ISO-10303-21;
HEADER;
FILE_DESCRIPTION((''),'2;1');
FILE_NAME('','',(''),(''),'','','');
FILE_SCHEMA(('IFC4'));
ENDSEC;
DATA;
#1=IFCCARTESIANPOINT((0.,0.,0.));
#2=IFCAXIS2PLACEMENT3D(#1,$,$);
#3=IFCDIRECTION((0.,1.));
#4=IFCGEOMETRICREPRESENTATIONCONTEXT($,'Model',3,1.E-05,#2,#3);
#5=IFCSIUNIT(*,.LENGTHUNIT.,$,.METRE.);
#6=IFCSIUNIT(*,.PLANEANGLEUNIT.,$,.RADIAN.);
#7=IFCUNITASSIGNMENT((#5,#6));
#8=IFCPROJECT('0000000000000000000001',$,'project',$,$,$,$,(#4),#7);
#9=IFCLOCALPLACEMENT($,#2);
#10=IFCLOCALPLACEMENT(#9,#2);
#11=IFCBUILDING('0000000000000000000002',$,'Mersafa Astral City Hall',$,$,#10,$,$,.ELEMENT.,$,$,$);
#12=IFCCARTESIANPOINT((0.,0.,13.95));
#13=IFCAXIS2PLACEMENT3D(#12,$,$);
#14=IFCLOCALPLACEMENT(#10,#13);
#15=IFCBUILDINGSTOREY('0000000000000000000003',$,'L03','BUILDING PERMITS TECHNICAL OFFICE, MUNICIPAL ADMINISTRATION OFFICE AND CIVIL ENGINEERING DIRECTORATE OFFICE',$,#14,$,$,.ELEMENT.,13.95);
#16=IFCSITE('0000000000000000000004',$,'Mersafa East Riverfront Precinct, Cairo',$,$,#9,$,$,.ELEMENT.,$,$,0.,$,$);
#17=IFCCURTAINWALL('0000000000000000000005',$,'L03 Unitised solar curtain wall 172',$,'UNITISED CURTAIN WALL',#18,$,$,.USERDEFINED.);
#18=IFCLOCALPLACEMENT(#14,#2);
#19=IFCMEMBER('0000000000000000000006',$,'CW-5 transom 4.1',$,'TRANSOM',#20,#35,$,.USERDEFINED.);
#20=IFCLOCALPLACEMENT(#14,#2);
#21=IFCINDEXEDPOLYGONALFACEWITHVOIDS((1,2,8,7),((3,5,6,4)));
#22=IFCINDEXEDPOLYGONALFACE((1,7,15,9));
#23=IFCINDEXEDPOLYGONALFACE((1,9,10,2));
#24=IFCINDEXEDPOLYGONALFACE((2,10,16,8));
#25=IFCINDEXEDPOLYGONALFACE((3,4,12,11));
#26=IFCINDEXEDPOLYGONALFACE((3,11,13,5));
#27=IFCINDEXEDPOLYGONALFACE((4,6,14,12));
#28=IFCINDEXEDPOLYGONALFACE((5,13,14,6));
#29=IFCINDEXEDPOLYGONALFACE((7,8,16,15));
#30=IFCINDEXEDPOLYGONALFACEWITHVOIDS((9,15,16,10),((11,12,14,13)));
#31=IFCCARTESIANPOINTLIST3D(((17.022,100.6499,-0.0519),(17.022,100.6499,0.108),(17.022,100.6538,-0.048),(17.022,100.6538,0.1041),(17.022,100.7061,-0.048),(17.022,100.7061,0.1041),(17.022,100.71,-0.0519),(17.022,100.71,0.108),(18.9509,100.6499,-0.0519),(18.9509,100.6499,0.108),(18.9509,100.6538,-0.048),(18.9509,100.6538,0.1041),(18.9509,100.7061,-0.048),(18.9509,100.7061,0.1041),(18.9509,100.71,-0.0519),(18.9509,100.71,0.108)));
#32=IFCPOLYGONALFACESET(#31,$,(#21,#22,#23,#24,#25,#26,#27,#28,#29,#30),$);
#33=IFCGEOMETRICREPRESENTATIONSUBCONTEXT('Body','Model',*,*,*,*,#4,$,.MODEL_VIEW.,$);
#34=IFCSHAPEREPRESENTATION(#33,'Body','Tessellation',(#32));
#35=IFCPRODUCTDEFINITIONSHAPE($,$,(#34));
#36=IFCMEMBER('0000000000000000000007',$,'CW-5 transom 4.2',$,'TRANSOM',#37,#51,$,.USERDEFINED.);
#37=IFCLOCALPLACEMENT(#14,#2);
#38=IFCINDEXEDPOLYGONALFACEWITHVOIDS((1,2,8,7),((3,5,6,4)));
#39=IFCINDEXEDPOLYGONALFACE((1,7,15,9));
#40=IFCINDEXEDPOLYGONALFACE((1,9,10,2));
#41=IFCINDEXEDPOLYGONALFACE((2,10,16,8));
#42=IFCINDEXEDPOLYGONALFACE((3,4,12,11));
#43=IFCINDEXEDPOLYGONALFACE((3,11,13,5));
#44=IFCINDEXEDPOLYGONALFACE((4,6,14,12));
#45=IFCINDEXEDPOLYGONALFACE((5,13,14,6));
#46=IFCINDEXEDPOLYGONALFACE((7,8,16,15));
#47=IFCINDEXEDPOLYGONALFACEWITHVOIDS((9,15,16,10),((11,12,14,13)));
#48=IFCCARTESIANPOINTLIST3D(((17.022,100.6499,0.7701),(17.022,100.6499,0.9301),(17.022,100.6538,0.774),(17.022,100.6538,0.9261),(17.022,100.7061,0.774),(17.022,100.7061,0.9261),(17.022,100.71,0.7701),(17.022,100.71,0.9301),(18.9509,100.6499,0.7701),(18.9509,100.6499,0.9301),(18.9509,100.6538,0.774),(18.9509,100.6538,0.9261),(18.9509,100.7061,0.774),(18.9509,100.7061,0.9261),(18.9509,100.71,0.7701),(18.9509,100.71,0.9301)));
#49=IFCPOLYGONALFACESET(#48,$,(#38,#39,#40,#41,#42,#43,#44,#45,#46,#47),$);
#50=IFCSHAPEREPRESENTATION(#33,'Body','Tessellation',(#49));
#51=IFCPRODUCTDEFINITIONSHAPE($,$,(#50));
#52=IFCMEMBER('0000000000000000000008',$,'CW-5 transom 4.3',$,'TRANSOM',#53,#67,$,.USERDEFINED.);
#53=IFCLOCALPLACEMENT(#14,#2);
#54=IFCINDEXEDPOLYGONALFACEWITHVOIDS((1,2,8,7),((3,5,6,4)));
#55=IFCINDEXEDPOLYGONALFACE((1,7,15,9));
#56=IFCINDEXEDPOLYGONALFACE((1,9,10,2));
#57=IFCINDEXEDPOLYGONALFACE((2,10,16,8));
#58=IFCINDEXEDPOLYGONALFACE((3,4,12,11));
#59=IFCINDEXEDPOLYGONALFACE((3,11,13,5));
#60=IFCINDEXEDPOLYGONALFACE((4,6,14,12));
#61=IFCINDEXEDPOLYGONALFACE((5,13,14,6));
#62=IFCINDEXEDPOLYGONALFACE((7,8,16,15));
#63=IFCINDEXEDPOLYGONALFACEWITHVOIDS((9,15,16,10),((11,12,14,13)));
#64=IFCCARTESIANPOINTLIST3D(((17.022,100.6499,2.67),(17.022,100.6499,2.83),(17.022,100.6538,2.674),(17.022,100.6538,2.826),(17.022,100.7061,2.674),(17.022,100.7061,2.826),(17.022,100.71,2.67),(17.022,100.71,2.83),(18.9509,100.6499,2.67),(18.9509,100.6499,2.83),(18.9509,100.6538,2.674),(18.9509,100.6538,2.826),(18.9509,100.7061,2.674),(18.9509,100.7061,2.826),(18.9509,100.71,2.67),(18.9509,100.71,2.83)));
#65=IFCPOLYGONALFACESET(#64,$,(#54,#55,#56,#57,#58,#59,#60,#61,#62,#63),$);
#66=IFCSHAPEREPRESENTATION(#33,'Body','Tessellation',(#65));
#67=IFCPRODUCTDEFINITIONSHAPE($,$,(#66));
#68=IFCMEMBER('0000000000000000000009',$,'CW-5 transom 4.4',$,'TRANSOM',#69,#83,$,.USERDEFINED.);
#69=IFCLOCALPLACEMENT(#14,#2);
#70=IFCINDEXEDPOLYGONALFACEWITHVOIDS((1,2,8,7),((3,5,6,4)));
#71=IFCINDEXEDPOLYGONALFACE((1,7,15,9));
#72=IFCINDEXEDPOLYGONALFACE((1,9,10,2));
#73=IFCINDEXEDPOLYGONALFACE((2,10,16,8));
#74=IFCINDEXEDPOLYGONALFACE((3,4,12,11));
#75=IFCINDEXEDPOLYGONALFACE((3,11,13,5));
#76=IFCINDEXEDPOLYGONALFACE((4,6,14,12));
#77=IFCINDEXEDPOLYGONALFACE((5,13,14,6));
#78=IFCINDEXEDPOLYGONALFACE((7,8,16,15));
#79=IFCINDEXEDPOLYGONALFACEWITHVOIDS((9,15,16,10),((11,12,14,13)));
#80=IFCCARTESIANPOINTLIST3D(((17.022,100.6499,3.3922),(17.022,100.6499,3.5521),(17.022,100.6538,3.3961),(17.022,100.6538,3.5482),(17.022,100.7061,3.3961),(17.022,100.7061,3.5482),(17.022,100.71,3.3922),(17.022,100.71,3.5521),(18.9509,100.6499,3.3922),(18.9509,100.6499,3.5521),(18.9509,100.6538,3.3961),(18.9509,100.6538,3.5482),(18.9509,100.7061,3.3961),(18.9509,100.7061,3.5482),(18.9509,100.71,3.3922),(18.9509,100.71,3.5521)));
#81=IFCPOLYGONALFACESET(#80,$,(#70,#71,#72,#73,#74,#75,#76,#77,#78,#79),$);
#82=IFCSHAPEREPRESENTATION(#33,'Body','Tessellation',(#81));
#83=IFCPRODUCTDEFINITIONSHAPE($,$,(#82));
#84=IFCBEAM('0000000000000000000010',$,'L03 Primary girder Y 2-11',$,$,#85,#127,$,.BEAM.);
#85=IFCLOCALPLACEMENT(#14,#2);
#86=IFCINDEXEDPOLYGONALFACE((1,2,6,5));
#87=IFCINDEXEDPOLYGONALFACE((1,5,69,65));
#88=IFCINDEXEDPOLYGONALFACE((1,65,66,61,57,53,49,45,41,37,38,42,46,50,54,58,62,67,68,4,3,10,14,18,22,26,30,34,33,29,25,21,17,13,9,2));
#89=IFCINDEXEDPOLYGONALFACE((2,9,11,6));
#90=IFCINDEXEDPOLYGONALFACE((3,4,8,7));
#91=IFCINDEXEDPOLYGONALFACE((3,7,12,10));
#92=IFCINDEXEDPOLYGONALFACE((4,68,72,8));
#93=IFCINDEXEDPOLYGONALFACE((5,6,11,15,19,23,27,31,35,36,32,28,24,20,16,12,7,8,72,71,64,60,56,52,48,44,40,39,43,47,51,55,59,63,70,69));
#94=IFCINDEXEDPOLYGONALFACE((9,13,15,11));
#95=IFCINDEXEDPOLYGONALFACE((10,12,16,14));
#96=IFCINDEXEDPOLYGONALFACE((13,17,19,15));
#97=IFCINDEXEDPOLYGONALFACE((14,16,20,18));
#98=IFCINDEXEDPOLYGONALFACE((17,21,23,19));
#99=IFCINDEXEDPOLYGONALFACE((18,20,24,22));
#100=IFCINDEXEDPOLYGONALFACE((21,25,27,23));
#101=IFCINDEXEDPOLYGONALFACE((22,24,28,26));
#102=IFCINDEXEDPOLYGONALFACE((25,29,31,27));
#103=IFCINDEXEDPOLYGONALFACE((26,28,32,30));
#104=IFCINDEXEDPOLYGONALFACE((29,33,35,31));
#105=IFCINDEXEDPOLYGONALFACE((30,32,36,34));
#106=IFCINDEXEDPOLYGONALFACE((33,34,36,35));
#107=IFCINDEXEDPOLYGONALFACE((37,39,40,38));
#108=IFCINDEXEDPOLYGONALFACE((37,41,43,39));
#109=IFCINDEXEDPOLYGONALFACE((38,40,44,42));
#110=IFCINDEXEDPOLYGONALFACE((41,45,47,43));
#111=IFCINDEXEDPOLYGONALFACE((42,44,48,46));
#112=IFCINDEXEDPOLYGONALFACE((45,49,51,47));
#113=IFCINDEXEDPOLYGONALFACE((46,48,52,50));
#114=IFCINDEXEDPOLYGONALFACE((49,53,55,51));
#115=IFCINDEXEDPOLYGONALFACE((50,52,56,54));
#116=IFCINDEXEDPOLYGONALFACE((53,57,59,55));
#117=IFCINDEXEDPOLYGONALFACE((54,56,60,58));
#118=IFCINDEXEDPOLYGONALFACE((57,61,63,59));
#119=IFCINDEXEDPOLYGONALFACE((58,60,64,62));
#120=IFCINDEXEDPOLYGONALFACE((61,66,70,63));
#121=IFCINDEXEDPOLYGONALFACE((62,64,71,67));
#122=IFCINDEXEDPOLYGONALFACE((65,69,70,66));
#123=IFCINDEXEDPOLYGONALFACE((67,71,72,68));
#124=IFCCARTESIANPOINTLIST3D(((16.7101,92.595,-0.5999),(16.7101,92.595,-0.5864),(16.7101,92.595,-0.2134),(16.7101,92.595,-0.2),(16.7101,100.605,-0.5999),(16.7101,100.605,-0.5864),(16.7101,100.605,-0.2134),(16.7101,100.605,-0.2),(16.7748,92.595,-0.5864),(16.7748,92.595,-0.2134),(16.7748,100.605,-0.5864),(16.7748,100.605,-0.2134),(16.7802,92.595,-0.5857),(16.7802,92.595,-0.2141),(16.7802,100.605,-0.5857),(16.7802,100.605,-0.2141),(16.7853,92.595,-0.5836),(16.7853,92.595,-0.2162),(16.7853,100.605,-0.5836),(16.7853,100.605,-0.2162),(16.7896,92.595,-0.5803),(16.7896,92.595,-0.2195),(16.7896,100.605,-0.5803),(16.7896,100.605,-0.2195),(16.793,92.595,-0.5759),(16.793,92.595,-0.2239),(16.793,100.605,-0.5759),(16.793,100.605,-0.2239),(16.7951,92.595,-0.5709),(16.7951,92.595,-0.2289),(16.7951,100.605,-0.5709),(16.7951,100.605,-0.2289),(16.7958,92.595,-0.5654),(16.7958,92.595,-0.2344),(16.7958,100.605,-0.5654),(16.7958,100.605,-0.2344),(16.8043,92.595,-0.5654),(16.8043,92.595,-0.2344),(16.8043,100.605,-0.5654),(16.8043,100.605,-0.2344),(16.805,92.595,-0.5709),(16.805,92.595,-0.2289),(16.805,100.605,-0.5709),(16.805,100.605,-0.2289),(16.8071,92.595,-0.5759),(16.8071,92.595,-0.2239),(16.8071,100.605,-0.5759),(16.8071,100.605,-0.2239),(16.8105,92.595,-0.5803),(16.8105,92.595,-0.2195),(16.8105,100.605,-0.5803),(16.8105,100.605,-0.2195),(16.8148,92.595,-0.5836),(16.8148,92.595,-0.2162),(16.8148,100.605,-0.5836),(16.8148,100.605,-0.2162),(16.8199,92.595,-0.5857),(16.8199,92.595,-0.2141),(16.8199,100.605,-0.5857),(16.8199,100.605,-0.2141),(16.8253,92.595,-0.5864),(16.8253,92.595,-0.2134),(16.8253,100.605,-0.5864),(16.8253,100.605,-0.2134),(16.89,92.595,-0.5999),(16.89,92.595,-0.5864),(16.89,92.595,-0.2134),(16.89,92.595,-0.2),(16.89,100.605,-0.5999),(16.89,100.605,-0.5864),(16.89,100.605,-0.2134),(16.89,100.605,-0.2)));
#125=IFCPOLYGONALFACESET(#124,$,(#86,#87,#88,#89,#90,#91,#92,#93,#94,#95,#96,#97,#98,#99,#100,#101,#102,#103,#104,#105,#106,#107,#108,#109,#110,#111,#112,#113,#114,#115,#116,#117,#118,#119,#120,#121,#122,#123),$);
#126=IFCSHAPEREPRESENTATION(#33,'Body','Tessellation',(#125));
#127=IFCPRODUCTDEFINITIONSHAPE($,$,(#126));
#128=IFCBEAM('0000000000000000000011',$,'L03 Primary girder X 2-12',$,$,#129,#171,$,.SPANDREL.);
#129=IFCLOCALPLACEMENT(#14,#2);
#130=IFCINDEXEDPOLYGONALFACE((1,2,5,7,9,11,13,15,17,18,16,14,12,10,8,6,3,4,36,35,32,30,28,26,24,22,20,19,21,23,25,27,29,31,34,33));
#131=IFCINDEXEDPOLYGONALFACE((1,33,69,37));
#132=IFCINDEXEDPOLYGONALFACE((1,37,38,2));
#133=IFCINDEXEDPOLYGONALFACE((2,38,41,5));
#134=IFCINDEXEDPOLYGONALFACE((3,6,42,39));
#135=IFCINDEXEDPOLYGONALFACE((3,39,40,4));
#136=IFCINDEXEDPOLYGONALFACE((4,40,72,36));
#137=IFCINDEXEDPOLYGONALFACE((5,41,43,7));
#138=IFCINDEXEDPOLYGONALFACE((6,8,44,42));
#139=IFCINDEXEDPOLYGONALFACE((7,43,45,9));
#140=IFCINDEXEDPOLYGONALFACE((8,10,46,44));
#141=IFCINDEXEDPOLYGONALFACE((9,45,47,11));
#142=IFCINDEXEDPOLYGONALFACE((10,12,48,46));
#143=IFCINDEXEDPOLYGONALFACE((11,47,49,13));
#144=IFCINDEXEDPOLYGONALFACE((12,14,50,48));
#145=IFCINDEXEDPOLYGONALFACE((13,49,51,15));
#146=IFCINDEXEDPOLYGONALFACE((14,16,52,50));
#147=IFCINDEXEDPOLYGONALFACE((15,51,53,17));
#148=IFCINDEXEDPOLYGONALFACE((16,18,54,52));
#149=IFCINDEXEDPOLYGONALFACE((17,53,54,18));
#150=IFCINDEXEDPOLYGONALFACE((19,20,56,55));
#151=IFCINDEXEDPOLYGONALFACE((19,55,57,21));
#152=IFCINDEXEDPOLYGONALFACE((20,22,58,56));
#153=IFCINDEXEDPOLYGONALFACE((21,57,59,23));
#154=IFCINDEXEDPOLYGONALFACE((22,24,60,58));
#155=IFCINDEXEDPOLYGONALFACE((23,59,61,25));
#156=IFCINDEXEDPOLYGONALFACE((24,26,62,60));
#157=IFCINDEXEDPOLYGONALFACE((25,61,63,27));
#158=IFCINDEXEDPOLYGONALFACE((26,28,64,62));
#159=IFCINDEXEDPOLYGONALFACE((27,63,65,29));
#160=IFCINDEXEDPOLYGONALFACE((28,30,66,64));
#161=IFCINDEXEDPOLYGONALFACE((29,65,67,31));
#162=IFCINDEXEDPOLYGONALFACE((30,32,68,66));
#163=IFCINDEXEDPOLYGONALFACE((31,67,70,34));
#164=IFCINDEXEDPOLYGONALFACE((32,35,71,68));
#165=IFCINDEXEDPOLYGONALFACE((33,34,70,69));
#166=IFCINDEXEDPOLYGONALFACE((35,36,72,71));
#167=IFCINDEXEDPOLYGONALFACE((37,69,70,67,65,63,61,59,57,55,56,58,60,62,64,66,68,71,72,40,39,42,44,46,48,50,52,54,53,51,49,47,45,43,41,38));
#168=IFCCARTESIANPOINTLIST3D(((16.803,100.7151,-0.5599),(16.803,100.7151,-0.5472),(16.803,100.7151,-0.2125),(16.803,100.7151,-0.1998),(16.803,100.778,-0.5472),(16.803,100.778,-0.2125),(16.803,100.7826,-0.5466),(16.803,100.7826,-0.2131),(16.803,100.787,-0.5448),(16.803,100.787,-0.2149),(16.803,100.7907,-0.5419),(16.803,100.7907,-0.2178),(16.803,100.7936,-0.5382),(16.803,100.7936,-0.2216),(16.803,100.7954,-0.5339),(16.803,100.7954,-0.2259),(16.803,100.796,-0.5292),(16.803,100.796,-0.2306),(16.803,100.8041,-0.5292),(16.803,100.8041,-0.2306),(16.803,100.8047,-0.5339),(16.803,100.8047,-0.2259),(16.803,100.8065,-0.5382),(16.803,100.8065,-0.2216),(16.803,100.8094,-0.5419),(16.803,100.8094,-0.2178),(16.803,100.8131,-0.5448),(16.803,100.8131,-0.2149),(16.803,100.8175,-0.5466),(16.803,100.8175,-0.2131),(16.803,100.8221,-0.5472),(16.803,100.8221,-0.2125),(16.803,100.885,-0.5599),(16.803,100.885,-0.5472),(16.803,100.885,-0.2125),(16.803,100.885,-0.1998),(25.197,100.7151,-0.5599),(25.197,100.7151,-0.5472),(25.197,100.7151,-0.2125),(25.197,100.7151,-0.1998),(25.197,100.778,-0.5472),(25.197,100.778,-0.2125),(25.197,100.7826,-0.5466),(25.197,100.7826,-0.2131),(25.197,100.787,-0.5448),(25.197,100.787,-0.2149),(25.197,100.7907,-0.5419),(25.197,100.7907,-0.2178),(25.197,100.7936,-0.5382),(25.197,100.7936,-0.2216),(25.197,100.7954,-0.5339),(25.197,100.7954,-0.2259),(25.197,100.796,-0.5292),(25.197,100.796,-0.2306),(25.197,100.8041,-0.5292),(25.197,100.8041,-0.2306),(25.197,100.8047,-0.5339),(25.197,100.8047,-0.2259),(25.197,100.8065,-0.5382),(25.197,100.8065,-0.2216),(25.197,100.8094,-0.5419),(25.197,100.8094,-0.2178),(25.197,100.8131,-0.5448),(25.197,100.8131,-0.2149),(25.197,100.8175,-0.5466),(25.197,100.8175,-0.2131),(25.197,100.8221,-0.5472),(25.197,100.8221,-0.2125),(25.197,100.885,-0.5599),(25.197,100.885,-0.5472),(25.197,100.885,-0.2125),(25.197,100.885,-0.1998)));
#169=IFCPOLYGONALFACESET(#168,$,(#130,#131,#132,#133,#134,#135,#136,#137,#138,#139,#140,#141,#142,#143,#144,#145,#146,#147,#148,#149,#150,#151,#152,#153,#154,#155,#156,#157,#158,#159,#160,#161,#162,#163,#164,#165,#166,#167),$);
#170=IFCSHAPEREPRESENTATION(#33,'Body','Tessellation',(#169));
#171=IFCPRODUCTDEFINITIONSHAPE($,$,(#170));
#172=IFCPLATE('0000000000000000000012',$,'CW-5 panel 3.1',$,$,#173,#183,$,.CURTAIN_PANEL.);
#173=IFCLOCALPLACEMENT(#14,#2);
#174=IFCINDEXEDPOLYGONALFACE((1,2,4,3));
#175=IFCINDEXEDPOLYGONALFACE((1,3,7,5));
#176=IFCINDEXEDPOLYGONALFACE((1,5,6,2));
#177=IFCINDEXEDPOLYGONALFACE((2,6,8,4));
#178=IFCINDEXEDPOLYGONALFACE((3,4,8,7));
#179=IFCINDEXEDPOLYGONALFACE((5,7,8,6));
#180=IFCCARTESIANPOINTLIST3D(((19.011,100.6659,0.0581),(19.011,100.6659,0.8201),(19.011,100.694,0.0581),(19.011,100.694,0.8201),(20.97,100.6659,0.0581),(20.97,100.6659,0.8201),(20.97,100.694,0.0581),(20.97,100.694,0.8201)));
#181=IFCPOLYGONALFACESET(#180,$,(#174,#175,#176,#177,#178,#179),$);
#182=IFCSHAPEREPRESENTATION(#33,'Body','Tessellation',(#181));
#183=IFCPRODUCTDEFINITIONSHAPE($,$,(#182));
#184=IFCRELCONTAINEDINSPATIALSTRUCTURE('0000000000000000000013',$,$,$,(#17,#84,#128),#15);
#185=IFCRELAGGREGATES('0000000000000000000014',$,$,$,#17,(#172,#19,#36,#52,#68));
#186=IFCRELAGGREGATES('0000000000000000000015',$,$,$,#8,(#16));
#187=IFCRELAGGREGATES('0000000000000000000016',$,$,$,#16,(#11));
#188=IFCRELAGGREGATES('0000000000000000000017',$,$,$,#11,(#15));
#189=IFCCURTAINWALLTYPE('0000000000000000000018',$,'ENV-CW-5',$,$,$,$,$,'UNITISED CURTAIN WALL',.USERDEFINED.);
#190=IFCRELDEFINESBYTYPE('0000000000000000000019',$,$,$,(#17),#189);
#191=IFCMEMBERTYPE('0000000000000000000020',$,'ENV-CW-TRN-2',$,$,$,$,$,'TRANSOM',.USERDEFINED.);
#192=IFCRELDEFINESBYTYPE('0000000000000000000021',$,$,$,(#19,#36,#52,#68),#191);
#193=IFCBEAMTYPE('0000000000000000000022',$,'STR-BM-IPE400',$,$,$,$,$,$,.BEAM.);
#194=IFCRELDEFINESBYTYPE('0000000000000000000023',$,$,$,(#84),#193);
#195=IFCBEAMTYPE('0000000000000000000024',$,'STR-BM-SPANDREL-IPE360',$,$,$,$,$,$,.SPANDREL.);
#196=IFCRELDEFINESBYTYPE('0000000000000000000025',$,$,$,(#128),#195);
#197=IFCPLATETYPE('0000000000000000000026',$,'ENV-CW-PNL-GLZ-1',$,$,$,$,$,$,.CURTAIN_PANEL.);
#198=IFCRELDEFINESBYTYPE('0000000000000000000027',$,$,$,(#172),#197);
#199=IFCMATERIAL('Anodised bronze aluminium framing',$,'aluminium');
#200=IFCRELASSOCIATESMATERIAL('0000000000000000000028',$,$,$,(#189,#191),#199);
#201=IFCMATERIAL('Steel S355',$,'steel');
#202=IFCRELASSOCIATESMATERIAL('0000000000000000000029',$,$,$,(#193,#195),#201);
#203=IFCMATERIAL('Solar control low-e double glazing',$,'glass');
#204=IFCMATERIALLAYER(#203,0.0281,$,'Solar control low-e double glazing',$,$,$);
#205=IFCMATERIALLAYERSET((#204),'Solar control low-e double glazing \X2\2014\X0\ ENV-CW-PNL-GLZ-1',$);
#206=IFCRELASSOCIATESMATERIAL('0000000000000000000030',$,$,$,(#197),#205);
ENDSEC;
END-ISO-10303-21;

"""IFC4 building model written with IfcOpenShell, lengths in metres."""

from ifc_helpers import new_model, si_unit, direction, frame, origin, origin_2d, place, context, subcontext, project, spatial, rectangle, hollow_rectangle, i_section, extrude, material, layer, layer_set, material_profile, profile_set, type_object, element, aggregate, save


model = new_model("IFC4")

# Units and contexts
model_context = context("Model", 3, precision=1e-05, world=origin(), true_north=direction((0.0, 1.0)))
body_context = subcontext(model_context, "Body", "Model", "MODEL_VIEW")
ifc_project = project(units=[si_unit("LENGTHUNIT", "METRE"), si_unit("PLANEANGLEUNIT", "RADIAN")], contexts=[model_context])

# Site, building, storey
site_placement = place(None, origin())
site = spatial("IfcSite", under=ifc_project, at=site_placement, Name="Mersafa East Riverfront Precinct, Cairo", CompositionType="ELEMENT", RefElevation=0.0)
building_placement = place(site_placement, origin())
building = spatial("IfcBuilding", under=site, at=building_placement, Name="Mersafa Astral City Hall", CompositionType="ELEMENT")
storey_placement = place(building_placement, frame((0.0, 0.0, 13.95)))
storey = spatial("IfcBuildingStorey", under=building, at=storey_placement, Name="L03", Description="BUILDING PERMITS TECHNICAL OFFICE, MUNICIPAL ADMINISTRATION OFFICE AND CIVIL ENGINEERING DIRECTORATE OFFICE", CompositionType="ELEMENT", Elevation=13.95)

# Shared definitions
ifc_material_1 = material(Name="Steel S355", Category="steel")

# Curtain wall
ifc_material_2 = material(Name="Anodised bronze aluminium framing", Category="aluminium")
curtain_wall_type_1 = type_object("IfcCurtainWallType", Name="ENV-CW-5", ElementType="UNITISED CURTAIN WALL", PredefinedType="USERDEFINED", material=ifc_material_2)
curtain_wall_1_placement = place(storey_placement, origin())
curtain_wall_1 = element("IfcCurtainWall", 1, at=curtain_wall_1_placement, inside=storey, type_object=curtain_wall_type_1, Name="L03 Unitised solar curtain wall 172", ObjectType="UNITISED CURTAIN WALL", PredefinedType="USERDEFINED")

# Members
ifc_material_profile_1 = material_profile(ifc_material_2, hollow_rectangle(XDim=0.0601, YDim=0.1599, WallThickness=0.0039, at=origin_2d()), Name="RHS 60x160x4")
ifc_profile_set_1 = profile_set([ifc_material_profile_1], Name="Anodised bronze aluminium framing")
member_type_1 = type_object("IfcMemberType", Name="ENV-CW-TRN-2", ElementType="TRANSOM", PredefinedType="USERDEFINED", material=ifc_profile_set_1)
member_1_placement = place(storey_placement, frame((18.9509, 100.6799, 0.0281), z_axis=(-1.0, 0.0, 0.0), x_axis=(0.0, -1.0, 0.0)))
member_1 = element("IfcMember", 2, at=member_1_placement, type_object=member_type_1, Name="CW-5 transom 4.1", ObjectType="TRANSOM", PredefinedType="USERDEFINED", context=body_context, shape_type="SweptSolid", body=[
    extrude(hollow_rectangle(XDim=0.0601, YDim=0.1599, WallThickness=0.0039, at=origin_2d()), origin(), (0.0, 0.0, 1.0), 1.929),
])
member_2_placement = place(storey_placement, frame((18.9509, 100.6799, 0.8501), z_axis=(-1.0, 0.0, 0.0), x_axis=(0.0, -1.0, 0.0)))
member_2 = element("IfcMember", 3, at=member_2_placement, type_object=member_type_1, Name="CW-5 transom 4.2", ObjectType="TRANSOM", PredefinedType="USERDEFINED", context=body_context, shape_type="SweptSolid", body=[
    extrude(hollow_rectangle(XDim=0.0601, YDim=0.1599, WallThickness=0.0039, at=origin_2d()), origin(), (0.0, 0.0, 1.0), 1.929),
])
member_3_placement = place(storey_placement, frame((18.9509, 100.6799, 2.75), z_axis=(-1.0, 0.0, 0.0), x_axis=(0.0, -1.0, 0.0)))
member_3 = element("IfcMember", 4, at=member_3_placement, type_object=member_type_1, Name="CW-5 transom 4.3", ObjectType="TRANSOM", PredefinedType="USERDEFINED", context=body_context, shape_type="SweptSolid", body=[
    extrude(hollow_rectangle(XDim=0.0601, YDim=0.1599, WallThickness=0.0039, at=origin_2d()), origin(), (0.0, 0.0, 1.0), 1.929),
])
member_4_placement = place(storey_placement, frame((18.9509, 100.6799, 3.4722), z_axis=(-1.0, 0.0, 0.0), x_axis=(0.0, -1.0, 0.0)))
member_4 = element("IfcMember", 5, at=member_4_placement, type_object=member_type_1, Name="CW-5 transom 4.4", ObjectType="TRANSOM", PredefinedType="USERDEFINED", context=body_context, shape_type="SweptSolid", body=[
    extrude(hollow_rectangle(XDim=0.0601, YDim=0.1599, WallThickness=0.0039, at=origin_2d()), origin(), (0.0, 0.0, 1.0), 1.929),
])

# Beams
ifc_material_profile_2 = material_profile(ifc_material_1, i_section(OverallWidth=0.1799, OverallDepth=0.3999, WebThickness=0.0085, FlangeThickness=0.0134, FilletRadius=0.021, at=origin_2d()), Name="IPE 400")
ifc_profile_set_2 = profile_set([ifc_material_profile_2], Name="Steel S355")
beam_type_1 = type_object("IfcBeamType", Name="STR-BM-IPE400", PredefinedType="BEAM", material=ifc_profile_set_2)
beam_1_placement = place(storey_placement, frame((16.8, 92.595, -0.3999), z_axis=(0.0, 1.0, 0.0), x_axis=(-1.0, 0.0, 0.0)))
element("IfcBeam", 6, at=beam_1_placement, inside=storey, type_object=beam_type_1, Name="L03 Primary girder Y 2-11", PredefinedType="BEAM", context=body_context, shape_type="SweptSolid", body=[
    extrude(i_section(OverallWidth=0.1799, OverallDepth=0.3999, WebThickness=0.0085, FlangeThickness=0.0134, FilletRadius=0.021, at=origin_2d()), origin(), (0.0, 0.0, 1.0), 8.01),
])
ifc_material_profile_3 = material_profile(ifc_material_1, i_section(OverallWidth=0.1699, OverallDepth=0.3601, WebThickness=0.0081, FlangeThickness=0.0127, FilletRadius=0.0181, at=origin_2d()), Name="IPE 360")
ifc_profile_set_3 = profile_set([ifc_material_profile_3], Name="Steel S355")
beam_type_2 = type_object("IfcBeamType", Name="STR-BM-SPANDREL-IPE360", PredefinedType="SPANDREL", material=ifc_profile_set_3)
beam_2_placement = place(storey_placement, frame((16.803, 100.8, -0.3799), z_axis=(1.0, 0.0, 0.0), x_axis=(0.0, 1.0, 0.0)))
element("IfcBeam", 7, at=beam_2_placement, inside=storey, type_object=beam_type_2, Name="L03 Primary girder X 2-12", PredefinedType="SPANDREL", context=body_context, shape_type="SweptSolid", body=[
    extrude(i_section(OverallWidth=0.1699, OverallDepth=0.3601, WebThickness=0.0081, FlangeThickness=0.0127, FilletRadius=0.0181, at=origin_2d()), origin(), (0.0, 0.0, 1.0), 8.394),
])

# Plate
ifc_material_3 = material(Name="Solar control low-e double glazing", Category="glass")
ifc_layer = layer(ifc_material_3, 0.0281, Name="Solar control low-e double glazing")
ifc_layer_set = layer_set([ifc_layer], Name="Solar control low-e double glazing — ENV-CW-PNL-GLZ-1")
plate_type = type_object("IfcPlateType", Name="ENV-CW-PNL-GLZ-1", PredefinedType="CURTAIN_PANEL", material=ifc_layer_set)
plate_1_placement = place(storey_placement, frame((19.9905, 100.6799, 0.0581), z_axis=(0.0, 0.0, 1.0), x_axis=(-1.0, 0.0, 0.0)))
plate_1 = element("IfcPlate", 8, at=plate_1_placement, type_object=plate_type, Name="CW-5 panel 3.1", PredefinedType="CURTAIN_PANEL", context=body_context, shape_type="SweptSolid", body=[
    extrude(rectangle(XDim=1.959, YDim=0.0281, at=origin_2d()), origin(), (0.0, 0.0, 1.0), 0.762),
])
aggregate(curtain_wall_1, [plate_1, member_1, member_2, member_3, member_4])

save(model, "model.ifc")
